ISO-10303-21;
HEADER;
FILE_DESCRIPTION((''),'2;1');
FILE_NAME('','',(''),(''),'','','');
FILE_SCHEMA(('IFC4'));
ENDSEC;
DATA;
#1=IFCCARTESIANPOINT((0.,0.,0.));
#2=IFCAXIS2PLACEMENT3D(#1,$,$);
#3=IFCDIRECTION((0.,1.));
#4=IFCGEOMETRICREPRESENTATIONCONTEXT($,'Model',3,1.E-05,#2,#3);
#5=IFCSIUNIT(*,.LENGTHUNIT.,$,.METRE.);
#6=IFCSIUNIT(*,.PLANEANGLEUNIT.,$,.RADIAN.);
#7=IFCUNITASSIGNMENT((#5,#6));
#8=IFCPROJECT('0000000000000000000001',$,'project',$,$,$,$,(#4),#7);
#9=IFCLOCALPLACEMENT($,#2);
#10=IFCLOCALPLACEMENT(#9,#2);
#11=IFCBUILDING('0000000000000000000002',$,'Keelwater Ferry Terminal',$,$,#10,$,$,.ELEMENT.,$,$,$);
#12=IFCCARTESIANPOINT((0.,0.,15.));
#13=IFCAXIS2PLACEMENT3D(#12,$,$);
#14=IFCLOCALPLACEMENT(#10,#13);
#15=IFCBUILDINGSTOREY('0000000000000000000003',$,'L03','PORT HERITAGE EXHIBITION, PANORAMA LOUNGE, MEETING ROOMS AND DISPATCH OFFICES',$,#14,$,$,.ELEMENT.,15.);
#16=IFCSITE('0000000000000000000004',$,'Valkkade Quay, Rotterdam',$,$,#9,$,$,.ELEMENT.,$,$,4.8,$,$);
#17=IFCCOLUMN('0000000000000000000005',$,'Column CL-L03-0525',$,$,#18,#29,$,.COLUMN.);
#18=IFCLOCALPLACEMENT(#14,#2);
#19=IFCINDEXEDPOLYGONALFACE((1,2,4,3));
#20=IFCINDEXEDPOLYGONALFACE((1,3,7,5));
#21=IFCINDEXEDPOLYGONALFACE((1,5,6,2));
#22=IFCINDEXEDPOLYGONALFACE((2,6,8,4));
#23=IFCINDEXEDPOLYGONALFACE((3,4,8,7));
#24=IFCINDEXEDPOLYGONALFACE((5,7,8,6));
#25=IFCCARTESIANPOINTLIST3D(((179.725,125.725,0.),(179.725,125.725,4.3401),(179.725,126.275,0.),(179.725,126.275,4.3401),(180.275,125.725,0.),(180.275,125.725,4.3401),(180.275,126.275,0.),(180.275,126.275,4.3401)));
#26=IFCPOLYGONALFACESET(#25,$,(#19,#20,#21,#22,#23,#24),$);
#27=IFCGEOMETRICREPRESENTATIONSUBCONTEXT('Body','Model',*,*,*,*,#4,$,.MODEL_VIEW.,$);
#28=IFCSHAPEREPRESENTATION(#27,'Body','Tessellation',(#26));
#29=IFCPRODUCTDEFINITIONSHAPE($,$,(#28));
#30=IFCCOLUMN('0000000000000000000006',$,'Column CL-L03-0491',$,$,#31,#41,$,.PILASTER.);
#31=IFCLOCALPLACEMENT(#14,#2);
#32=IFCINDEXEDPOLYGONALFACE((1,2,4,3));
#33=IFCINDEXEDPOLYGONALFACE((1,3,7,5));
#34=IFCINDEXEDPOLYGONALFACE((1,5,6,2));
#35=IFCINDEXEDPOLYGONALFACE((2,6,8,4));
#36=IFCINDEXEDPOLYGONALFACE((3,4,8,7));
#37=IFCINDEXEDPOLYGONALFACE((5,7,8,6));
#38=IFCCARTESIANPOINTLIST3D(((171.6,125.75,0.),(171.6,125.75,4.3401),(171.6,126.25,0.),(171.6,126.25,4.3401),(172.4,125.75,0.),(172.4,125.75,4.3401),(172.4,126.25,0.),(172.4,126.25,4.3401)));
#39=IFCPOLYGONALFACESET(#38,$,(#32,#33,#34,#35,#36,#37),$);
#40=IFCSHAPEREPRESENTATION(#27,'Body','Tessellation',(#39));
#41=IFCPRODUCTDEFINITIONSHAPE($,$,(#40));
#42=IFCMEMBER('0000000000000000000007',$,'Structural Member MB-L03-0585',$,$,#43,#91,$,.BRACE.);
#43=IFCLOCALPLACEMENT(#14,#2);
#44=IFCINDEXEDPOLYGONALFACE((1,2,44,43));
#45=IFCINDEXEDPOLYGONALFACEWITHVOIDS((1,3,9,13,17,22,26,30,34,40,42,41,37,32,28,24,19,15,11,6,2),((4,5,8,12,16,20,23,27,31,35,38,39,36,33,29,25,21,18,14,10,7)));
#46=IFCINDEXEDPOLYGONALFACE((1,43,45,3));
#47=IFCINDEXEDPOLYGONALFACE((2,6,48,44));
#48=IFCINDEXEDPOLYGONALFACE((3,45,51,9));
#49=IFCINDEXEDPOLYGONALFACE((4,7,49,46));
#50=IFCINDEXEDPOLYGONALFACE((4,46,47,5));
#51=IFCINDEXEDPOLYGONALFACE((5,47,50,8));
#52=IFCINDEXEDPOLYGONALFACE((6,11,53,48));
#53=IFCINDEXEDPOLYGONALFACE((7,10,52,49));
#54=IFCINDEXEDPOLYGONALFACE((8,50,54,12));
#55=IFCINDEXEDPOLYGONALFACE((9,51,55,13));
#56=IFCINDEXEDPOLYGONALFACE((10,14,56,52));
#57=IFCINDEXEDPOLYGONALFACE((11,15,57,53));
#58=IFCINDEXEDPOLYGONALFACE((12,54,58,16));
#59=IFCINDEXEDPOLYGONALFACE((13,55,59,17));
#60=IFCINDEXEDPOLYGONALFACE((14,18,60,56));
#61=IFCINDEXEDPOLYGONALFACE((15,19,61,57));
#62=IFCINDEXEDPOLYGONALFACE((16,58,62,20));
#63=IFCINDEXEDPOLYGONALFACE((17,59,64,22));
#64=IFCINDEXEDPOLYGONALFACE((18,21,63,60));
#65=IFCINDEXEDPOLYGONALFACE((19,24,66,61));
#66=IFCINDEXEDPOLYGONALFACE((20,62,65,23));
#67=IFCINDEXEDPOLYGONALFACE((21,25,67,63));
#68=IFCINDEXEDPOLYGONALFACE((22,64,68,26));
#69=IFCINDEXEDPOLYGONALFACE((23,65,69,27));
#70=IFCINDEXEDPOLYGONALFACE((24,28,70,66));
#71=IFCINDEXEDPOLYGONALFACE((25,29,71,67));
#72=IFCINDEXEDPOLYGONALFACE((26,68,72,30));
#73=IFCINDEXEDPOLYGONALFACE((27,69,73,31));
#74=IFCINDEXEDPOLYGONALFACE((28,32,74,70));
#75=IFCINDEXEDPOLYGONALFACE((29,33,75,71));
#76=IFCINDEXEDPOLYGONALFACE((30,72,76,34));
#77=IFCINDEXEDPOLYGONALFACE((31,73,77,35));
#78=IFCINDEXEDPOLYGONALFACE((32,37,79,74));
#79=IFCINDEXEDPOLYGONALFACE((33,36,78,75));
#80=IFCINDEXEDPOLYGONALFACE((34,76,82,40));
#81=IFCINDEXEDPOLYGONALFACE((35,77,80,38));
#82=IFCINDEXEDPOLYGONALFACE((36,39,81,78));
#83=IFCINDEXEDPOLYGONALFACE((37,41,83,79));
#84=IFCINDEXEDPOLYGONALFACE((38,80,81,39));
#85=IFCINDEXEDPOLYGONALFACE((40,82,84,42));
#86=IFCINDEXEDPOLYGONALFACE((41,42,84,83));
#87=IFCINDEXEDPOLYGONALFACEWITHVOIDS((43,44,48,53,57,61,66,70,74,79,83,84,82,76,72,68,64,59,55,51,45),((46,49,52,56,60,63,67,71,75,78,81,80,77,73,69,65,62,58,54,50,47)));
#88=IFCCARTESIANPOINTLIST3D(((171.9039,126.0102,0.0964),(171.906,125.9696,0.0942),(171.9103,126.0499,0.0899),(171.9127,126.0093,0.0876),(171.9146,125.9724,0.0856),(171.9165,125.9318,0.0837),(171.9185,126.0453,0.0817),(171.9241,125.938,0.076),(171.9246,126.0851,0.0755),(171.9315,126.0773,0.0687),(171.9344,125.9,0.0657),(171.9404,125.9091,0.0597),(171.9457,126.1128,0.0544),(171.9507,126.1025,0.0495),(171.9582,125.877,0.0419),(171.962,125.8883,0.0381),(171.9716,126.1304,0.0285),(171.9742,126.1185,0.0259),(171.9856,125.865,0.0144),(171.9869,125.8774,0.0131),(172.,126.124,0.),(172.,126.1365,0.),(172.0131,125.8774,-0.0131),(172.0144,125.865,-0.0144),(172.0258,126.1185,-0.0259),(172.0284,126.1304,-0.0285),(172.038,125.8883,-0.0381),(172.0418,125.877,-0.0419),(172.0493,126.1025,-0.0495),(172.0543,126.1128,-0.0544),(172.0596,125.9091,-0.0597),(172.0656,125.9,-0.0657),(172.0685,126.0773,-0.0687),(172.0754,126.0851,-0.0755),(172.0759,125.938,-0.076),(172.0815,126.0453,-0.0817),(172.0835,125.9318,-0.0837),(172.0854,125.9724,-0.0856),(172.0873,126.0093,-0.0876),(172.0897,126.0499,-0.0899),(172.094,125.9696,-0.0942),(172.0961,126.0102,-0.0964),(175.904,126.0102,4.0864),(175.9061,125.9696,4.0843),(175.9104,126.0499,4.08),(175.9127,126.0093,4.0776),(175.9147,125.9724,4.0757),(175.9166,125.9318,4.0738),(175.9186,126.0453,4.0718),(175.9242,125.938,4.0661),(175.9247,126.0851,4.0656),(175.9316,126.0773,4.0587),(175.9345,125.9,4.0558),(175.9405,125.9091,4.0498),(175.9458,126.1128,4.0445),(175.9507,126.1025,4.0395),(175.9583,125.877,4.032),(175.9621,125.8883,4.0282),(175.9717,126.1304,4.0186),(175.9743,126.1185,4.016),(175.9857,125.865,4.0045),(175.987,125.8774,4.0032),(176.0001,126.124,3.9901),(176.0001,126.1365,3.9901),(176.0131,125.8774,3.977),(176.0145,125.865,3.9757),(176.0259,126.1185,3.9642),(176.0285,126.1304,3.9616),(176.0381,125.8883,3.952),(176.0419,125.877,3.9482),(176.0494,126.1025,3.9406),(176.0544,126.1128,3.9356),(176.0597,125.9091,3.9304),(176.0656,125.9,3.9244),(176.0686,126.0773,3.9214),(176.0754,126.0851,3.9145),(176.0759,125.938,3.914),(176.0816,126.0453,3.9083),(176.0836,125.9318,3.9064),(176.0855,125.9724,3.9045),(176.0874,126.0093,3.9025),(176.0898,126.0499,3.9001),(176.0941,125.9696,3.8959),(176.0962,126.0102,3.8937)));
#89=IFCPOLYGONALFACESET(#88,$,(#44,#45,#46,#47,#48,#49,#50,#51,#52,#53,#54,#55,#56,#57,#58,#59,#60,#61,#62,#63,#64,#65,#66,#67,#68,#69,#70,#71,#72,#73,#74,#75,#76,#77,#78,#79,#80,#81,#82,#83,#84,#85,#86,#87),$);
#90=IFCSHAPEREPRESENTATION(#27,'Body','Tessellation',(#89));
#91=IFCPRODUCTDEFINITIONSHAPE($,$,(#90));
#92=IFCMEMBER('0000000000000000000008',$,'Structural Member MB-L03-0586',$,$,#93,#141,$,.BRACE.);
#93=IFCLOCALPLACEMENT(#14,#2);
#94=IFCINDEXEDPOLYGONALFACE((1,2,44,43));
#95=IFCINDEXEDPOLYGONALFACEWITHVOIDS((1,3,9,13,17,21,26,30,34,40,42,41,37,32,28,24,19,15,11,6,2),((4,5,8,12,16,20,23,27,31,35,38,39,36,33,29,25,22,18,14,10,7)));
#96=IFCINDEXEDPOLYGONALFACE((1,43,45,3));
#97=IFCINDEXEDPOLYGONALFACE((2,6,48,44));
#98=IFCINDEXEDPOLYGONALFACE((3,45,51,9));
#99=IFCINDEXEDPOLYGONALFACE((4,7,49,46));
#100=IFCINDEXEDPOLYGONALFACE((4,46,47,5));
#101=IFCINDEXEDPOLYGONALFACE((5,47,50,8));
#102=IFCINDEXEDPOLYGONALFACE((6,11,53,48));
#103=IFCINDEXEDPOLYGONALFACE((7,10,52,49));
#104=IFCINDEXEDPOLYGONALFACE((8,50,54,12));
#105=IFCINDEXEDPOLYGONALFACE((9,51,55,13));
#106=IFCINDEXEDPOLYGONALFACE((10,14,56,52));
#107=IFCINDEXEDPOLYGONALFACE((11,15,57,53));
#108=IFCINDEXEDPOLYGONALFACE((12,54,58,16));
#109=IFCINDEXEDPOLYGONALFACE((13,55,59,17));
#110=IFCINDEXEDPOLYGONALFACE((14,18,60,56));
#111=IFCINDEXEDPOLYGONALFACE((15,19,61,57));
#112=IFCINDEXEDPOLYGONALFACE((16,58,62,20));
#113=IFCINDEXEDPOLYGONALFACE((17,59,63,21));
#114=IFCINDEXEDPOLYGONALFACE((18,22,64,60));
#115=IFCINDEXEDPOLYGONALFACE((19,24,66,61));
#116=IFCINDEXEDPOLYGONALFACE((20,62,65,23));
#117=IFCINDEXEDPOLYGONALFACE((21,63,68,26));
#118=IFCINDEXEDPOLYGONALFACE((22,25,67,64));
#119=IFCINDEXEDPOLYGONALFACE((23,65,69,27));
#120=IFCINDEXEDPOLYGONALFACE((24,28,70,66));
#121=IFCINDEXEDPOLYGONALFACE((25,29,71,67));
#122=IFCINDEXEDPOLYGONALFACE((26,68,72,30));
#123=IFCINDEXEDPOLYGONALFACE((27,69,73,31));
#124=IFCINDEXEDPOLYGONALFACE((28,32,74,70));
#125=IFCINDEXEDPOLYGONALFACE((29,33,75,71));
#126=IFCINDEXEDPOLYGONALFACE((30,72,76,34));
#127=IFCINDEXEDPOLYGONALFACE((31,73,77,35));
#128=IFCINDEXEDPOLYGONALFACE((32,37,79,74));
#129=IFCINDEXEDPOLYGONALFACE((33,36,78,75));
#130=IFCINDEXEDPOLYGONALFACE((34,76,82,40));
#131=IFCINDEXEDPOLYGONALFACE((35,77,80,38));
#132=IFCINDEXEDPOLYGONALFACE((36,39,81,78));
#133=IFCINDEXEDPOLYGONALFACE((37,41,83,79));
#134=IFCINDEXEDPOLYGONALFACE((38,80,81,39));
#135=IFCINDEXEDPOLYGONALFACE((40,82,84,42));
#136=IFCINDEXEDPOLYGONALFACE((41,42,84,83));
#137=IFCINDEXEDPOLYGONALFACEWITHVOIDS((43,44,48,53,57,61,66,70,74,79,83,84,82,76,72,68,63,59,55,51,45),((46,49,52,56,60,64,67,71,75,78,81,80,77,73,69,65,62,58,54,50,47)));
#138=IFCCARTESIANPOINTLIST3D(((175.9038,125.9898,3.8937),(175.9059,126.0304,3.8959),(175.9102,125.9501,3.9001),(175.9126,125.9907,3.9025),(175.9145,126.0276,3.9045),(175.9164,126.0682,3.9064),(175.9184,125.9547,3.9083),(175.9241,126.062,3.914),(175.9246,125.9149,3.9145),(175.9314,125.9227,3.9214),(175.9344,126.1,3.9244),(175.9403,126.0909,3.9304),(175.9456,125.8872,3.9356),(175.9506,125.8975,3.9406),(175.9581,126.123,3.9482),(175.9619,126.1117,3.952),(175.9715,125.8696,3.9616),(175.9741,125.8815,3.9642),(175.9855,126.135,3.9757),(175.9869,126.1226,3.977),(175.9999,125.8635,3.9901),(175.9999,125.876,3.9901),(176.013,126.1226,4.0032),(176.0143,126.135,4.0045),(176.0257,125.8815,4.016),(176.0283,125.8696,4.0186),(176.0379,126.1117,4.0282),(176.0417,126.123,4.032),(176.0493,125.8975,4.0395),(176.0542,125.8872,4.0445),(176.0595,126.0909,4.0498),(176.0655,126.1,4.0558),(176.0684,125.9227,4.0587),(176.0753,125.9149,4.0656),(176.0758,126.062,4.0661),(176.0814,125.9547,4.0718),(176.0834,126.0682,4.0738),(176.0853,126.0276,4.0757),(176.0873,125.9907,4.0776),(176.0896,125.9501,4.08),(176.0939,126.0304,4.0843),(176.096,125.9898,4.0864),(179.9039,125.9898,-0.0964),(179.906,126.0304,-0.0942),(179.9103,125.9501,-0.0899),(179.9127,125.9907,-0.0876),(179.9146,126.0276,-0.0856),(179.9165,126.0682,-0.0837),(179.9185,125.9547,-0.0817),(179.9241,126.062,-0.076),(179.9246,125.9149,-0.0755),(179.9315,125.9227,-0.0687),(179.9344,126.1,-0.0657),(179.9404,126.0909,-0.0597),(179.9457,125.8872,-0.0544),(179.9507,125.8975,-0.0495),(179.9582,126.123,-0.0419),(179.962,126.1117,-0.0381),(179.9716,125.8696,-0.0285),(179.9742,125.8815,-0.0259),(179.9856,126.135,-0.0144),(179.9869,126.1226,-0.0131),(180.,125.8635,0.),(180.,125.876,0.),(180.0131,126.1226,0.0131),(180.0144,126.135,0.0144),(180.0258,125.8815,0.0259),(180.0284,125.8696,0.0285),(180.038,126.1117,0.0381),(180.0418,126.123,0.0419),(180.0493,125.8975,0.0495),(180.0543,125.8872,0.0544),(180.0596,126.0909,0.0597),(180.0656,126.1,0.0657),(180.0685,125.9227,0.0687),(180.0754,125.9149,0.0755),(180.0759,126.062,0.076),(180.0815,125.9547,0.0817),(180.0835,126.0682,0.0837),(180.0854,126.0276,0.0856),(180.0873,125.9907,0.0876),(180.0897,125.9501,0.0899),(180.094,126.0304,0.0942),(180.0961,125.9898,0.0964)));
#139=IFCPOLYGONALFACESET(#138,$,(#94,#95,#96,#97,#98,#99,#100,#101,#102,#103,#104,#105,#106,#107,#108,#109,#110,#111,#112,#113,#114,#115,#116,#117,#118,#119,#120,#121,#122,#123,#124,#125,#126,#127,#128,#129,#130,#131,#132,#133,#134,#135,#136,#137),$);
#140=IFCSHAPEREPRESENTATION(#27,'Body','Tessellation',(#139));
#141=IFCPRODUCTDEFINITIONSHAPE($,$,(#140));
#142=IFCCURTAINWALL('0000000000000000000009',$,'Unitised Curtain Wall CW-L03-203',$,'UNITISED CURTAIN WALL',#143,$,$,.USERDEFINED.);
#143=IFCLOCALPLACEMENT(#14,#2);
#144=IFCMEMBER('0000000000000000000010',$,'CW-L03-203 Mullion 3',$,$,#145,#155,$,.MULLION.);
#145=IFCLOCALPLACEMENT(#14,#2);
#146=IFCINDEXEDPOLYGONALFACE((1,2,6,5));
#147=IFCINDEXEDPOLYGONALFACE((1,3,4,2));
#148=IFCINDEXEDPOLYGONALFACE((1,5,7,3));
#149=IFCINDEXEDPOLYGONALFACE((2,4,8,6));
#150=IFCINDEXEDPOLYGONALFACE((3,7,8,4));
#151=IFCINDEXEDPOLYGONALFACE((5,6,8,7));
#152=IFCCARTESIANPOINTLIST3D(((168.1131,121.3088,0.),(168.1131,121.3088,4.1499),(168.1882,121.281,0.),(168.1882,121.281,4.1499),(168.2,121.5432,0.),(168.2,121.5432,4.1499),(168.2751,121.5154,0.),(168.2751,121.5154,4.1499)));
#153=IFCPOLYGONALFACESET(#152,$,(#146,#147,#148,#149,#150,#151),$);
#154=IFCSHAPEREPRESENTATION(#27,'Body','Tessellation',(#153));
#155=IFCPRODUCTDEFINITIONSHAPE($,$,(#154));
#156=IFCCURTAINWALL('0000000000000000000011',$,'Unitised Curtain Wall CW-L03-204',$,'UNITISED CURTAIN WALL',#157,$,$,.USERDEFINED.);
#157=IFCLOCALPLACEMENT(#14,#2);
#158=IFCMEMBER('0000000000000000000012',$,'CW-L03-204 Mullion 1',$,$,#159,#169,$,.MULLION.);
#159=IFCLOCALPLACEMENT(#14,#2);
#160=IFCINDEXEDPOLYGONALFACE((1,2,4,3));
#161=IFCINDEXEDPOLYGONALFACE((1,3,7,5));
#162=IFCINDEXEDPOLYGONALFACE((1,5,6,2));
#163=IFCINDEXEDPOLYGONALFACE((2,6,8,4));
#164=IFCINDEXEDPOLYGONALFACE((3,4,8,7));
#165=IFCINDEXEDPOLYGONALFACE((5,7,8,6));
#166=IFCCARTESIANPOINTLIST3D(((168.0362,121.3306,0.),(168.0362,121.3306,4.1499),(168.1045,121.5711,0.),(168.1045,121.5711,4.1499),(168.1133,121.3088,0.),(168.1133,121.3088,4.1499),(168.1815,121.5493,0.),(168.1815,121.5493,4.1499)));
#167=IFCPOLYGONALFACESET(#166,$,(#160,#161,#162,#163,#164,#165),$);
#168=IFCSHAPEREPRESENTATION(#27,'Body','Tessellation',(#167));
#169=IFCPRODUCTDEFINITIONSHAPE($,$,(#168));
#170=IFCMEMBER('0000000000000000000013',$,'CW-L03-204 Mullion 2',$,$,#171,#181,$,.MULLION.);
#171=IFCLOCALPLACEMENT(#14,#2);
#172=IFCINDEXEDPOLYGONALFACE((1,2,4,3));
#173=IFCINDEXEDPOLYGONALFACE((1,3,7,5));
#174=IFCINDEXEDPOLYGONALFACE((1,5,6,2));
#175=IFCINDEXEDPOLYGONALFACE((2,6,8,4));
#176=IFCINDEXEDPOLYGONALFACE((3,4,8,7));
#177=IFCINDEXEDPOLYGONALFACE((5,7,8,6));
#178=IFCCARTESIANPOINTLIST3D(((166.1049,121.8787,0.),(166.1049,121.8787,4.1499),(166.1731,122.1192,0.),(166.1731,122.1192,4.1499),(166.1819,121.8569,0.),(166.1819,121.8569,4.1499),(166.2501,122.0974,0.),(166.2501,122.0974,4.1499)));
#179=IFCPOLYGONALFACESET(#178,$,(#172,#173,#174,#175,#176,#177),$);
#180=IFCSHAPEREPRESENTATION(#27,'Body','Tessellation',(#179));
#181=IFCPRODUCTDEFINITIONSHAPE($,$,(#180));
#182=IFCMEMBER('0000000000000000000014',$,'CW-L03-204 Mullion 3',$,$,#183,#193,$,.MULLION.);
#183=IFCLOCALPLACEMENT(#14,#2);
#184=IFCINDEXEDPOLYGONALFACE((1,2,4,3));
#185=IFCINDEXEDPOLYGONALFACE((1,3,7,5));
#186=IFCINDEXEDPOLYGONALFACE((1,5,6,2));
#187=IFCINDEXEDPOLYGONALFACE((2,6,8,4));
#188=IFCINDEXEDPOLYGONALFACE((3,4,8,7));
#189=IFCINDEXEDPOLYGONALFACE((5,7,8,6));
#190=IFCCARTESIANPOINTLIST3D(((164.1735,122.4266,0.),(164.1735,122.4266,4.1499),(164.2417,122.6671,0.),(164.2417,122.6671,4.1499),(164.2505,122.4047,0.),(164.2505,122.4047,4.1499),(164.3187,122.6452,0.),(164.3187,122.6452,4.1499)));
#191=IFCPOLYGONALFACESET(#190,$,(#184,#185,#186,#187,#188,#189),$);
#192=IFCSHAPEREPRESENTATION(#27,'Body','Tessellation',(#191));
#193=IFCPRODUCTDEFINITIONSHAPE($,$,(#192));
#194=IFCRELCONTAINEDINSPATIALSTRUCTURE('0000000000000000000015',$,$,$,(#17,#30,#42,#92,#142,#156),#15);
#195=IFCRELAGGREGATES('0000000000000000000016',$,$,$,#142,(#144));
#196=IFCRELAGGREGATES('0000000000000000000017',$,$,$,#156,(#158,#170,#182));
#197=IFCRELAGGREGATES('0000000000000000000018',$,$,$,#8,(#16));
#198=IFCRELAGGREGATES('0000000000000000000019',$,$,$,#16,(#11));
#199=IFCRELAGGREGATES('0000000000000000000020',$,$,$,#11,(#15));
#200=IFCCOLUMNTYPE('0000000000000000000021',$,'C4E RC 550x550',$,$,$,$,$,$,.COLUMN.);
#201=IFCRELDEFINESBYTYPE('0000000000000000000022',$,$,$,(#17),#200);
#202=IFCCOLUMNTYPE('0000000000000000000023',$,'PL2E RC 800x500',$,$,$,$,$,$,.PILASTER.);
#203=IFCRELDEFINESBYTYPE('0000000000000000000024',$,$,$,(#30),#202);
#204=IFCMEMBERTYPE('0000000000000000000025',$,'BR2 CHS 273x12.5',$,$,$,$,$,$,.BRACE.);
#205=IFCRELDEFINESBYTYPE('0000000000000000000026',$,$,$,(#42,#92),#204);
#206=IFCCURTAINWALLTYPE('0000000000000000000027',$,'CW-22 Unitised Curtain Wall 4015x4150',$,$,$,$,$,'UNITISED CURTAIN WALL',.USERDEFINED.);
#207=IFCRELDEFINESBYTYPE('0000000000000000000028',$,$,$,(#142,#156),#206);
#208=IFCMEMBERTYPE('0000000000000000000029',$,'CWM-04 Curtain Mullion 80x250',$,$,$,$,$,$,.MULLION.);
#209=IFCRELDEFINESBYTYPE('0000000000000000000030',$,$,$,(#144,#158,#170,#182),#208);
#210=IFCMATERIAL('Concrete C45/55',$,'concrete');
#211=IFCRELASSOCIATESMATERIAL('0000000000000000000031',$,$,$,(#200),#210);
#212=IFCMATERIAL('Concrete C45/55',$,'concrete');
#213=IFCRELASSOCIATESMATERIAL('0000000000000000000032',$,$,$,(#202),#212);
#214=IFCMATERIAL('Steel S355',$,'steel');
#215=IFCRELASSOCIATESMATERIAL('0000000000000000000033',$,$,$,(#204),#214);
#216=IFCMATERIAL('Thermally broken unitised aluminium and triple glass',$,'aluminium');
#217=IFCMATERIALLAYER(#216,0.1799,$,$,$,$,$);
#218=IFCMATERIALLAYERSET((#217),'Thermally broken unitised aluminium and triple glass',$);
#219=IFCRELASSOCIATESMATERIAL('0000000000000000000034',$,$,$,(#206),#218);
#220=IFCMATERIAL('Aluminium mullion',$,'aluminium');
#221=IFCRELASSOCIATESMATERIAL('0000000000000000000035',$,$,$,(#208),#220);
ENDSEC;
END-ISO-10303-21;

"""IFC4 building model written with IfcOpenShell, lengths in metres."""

from ifc_helpers import new_model, si_unit, direction, frame, origin, origin_2d, place, context, subcontext, project, spatial, rectangle, hollow_circle, extrude, material, layer, layer_set, material_profile, profile_set, type_object, element, aggregate, save


model = new_model("IFC4")

# Units and contexts
model_context = context("Model", 3, precision=1e-05, world=origin(), true_north=direction((0.0, 1.0)))
body_context = subcontext(model_context, "Body", "Model", "MODEL_VIEW")
ifc_project = project(units=[si_unit("LENGTHUNIT", "METRE"), si_unit("PLANEANGLEUNIT", "RADIAN")], contexts=[model_context])

# Site, building, storey
site_placement = place(None, origin())
site = spatial("IfcSite", under=ifc_project, at=site_placement, Name="Valkkade Quay, Rotterdam", CompositionType="ELEMENT", RefElevation=4.8)
building_placement = place(site_placement, origin())
building = spatial("IfcBuilding", under=site, at=building_placement, Name="Keelwater Ferry Terminal", CompositionType="ELEMENT")
storey_placement = place(building_placement, frame((0.0, 0.0, 15.0)))
storey = spatial("IfcBuildingStorey", under=building, at=storey_placement, Name="L03", Description="PORT HERITAGE EXHIBITION, PANORAMA LOUNGE, MEETING ROOMS AND DISPATCH OFFICES", CompositionType="ELEMENT", Elevation=15.0)

# Columns
ifc_material_1 = material(Name="Concrete C45/55", Category="concrete")
ifc_material_profile_1 = material_profile(ifc_material_1, rectangle(XDim=0.55, YDim=0.55, at=origin_2d()), Name="RC 550x550")
ifc_profile_set_1 = profile_set([ifc_material_profile_1], Name="Concrete C45/55")
column_type_1 = type_object("IfcColumnType", Name="C4E RC 550x550", PredefinedType="COLUMN", material=ifc_profile_set_1)
column_1_placement = place(storey_placement, frame((180.0, 126.0, 0.0), z_axis=(0.0, 0.0, 1.0), x_axis=(1.0, 0.0, 0.0)))
element("IfcColumn", 1, at=column_1_placement, inside=storey, type_object=column_type_1, Name="Column CL-L03-0525", PredefinedType="COLUMN", context=body_context, shape_type="SweptSolid", body=[
    extrude(rectangle(XDim=0.55, YDim=0.55, at=origin_2d()), origin(), (0.0, 0.0, 1.0), 4.3401),
])
ifc_material_2 = material(Name="Concrete C45/55", Category="concrete")
ifc_material_profile_2 = material_profile(ifc_material_2, rectangle(XDim=0.5, YDim=0.8, at=origin_2d()), Name="RC 800x500")
ifc_profile_set_2 = profile_set([ifc_material_profile_2], Name="Concrete C45/55")
column_type_2 = type_object("IfcColumnType", Name="PL2E RC 800x500", PredefinedType="PILASTER", material=ifc_profile_set_2)
column_2_placement = place(storey_placement, frame((172.0, 126.0, 0.0), z_axis=(0.0, 0.0, 1.0), x_axis=(0.0, 1.0, 0.0)))
element("IfcColumn", 2, at=column_2_placement, inside=storey, type_object=column_type_2, Name="Column CL-L03-0491", PredefinedType="PILASTER", context=body_context, shape_type="SweptSolid", body=[
    extrude(rectangle(XDim=0.5, YDim=0.8, at=origin_2d()), origin(), (0.0, 0.0, 1.0), 4.3401),
])

# Members
ifc_material_3 = material(Name="Steel S355", Category="steel")
ifc_material_profile_3 = material_profile(ifc_material_3, hollow_circle(Radius=0.1365, WallThickness=0.0125, at=origin_2d()), Name="CHS 273x12.5")
ifc_profile_set_3 = profile_set([ifc_material_profile_3], Name="Steel S355")
member_type_1 = type_object("IfcMemberType", Name="BR2 CHS 273x12.5", PredefinedType="BRACE", material=ifc_profile_set_3)
for number, where, z_axis, x_axis, name in (
    (3, (172.0, 126.0, 0.0), (0.707992, 0.0, 0.70622), (0.0, 1.0, 0.0), "Structural Member MB-L03-0585"),
    (4, (180.0, 126.0, 0.0), (-0.707992, 0.0, 0.70622), (0.0, -1.0, 0.0), "Structural Member MB-L03-0586"),
):
    element("IfcMember", number, at=place(storey_placement, frame(where, z_axis=z_axis, x_axis=x_axis)), inside=storey, type_object=member_type_1, Name=name, PredefinedType="BRACE", context=body_context, shape_type="SweptSolid", body=[
        extrude(hollow_circle(Radius=0.1365, WallThickness=0.0125, at=origin_2d()), origin(), (0.0, 0.0, 1.0), 5.6499),
    ])

# Curtain wall, member
ifc_material_4 = material(Name="Thermally broken unitised aluminium and triple glass", Category="aluminium")
ifc_layer_1 = layer(ifc_material_4, 0.1799)
ifc_layer_set_1 = layer_set([ifc_layer_1], Name="Thermally broken unitised aluminium and triple glass")
curtain_wall_type = type_object("IfcCurtainWallType", Name="CW-22 Unitised Curtain Wall 4015x4150", ElementType="UNITISED CURTAIN WALL", PredefinedType="USERDEFINED", material=ifc_layer_set_1)
curtain_wall_1_placement = place(storey_placement, origin())
curtain_wall_1 = element("IfcCurtainWall", 5, at=curtain_wall_1_placement, inside=storey, type_object=curtain_wall_type, Name="Unitised Curtain Wall CW-L03-203", ObjectType="UNITISED CURTAIN WALL", PredefinedType="USERDEFINED")
ifc_material_5 = material(Name="Aluminium mullion", Category="aluminium")
ifc_material_profile_4 = material_profile(ifc_material_5, rectangle(XDim=0.0801, YDim=0.25, at=origin_2d()), Name="CWM-04")
ifc_profile_set_4 = profile_set([ifc_material_profile_4], Name="Aluminium mullion")
member_type_2 = type_object("IfcMemberType", Name="CWM-04 Curtain Mullion 80x250", PredefinedType="MULLION", material=ifc_profile_set_4)
member_1_placement = place(storey_placement, frame((168.1941, 121.4121, 0.0), z_axis=(0.0, 0.0, 1.0), x_axis=(-0.937592, 0.347736, 0.0)))
member_1 = element("IfcMember", 6, at=member_1_placement, type_object=member_type_2, Name="CW-L03-203 Mullion 3", PredefinedType="MULLION", context=body_context, shape_type="SweptSolid", body=[
    extrude(rectangle(XDim=0.0801, YDim=0.25, at=origin_2d()), origin(), (0.0, 0.0, 1.0), 4.1499),
])

# Curtain wall, members
curtain_wall_2_placement = place(storey_placement, origin())
curtain_wall_2 = element("IfcCurtainWall", 7, at=curtain_wall_2_placement, inside=storey, type_object=curtain_wall_type, Name="Unitised Curtain Wall CW-L03-204", ObjectType="UNITISED CURTAIN WALL", PredefinedType="USERDEFINED")
member_2_placement = place(storey_placement, frame((168.1089, 121.4399, 0.0), z_axis=(0.0, 0.0, 1.0), x_axis=(-0.96203, 0.272945, 0.0)))
member_2 = element("IfcMember", 8, at=member_2_placement, type_object=member_type_2, Name="CW-L03-204 Mullion 1", PredefinedType="MULLION", context=body_context, shape_type="SweptSolid", body=[
    extrude(rectangle(XDim=0.0801, YDim=0.25, at=origin_2d()), origin(), (0.0, 0.0, 1.0), 4.1499),
])
member_3_placement = place(storey_placement, frame((166.1775, 121.988, 0.0), z_axis=(0.0, 0.0, 1.0), x_axis=(-0.96203, 0.272945, 0.0)))
member_3 = element("IfcMember", 9, at=member_3_placement, type_object=member_type_2, Name="CW-L03-204 Mullion 2", PredefinedType="MULLION", context=body_context, shape_type="SweptSolid", body=[
    extrude(rectangle(XDim=0.0801, YDim=0.25, at=origin_2d()), origin(), (0.0, 0.0, 1.0), 4.1499),
])
member_4_placement = place(storey_placement, frame((164.2461, 122.5359, 0.0), z_axis=(0.0, 0.0, 1.0), x_axis=(-0.96203, 0.272945, 0.0)))
member_4 = element("IfcMember", 10, at=member_4_placement, type_object=member_type_2, Name="CW-L03-204 Mullion 3", PredefinedType="MULLION", context=body_context, shape_type="SweptSolid", body=[
    extrude(rectangle(XDim=0.0801, YDim=0.25, at=origin_2d()), origin(), (0.0, 0.0, 1.0), 4.1499),
])

aggregate(curtain_wall_1, [member_1])
aggregate(curtain_wall_2, [member_2, member_3, member_4])

save(model, "model.ifc")
